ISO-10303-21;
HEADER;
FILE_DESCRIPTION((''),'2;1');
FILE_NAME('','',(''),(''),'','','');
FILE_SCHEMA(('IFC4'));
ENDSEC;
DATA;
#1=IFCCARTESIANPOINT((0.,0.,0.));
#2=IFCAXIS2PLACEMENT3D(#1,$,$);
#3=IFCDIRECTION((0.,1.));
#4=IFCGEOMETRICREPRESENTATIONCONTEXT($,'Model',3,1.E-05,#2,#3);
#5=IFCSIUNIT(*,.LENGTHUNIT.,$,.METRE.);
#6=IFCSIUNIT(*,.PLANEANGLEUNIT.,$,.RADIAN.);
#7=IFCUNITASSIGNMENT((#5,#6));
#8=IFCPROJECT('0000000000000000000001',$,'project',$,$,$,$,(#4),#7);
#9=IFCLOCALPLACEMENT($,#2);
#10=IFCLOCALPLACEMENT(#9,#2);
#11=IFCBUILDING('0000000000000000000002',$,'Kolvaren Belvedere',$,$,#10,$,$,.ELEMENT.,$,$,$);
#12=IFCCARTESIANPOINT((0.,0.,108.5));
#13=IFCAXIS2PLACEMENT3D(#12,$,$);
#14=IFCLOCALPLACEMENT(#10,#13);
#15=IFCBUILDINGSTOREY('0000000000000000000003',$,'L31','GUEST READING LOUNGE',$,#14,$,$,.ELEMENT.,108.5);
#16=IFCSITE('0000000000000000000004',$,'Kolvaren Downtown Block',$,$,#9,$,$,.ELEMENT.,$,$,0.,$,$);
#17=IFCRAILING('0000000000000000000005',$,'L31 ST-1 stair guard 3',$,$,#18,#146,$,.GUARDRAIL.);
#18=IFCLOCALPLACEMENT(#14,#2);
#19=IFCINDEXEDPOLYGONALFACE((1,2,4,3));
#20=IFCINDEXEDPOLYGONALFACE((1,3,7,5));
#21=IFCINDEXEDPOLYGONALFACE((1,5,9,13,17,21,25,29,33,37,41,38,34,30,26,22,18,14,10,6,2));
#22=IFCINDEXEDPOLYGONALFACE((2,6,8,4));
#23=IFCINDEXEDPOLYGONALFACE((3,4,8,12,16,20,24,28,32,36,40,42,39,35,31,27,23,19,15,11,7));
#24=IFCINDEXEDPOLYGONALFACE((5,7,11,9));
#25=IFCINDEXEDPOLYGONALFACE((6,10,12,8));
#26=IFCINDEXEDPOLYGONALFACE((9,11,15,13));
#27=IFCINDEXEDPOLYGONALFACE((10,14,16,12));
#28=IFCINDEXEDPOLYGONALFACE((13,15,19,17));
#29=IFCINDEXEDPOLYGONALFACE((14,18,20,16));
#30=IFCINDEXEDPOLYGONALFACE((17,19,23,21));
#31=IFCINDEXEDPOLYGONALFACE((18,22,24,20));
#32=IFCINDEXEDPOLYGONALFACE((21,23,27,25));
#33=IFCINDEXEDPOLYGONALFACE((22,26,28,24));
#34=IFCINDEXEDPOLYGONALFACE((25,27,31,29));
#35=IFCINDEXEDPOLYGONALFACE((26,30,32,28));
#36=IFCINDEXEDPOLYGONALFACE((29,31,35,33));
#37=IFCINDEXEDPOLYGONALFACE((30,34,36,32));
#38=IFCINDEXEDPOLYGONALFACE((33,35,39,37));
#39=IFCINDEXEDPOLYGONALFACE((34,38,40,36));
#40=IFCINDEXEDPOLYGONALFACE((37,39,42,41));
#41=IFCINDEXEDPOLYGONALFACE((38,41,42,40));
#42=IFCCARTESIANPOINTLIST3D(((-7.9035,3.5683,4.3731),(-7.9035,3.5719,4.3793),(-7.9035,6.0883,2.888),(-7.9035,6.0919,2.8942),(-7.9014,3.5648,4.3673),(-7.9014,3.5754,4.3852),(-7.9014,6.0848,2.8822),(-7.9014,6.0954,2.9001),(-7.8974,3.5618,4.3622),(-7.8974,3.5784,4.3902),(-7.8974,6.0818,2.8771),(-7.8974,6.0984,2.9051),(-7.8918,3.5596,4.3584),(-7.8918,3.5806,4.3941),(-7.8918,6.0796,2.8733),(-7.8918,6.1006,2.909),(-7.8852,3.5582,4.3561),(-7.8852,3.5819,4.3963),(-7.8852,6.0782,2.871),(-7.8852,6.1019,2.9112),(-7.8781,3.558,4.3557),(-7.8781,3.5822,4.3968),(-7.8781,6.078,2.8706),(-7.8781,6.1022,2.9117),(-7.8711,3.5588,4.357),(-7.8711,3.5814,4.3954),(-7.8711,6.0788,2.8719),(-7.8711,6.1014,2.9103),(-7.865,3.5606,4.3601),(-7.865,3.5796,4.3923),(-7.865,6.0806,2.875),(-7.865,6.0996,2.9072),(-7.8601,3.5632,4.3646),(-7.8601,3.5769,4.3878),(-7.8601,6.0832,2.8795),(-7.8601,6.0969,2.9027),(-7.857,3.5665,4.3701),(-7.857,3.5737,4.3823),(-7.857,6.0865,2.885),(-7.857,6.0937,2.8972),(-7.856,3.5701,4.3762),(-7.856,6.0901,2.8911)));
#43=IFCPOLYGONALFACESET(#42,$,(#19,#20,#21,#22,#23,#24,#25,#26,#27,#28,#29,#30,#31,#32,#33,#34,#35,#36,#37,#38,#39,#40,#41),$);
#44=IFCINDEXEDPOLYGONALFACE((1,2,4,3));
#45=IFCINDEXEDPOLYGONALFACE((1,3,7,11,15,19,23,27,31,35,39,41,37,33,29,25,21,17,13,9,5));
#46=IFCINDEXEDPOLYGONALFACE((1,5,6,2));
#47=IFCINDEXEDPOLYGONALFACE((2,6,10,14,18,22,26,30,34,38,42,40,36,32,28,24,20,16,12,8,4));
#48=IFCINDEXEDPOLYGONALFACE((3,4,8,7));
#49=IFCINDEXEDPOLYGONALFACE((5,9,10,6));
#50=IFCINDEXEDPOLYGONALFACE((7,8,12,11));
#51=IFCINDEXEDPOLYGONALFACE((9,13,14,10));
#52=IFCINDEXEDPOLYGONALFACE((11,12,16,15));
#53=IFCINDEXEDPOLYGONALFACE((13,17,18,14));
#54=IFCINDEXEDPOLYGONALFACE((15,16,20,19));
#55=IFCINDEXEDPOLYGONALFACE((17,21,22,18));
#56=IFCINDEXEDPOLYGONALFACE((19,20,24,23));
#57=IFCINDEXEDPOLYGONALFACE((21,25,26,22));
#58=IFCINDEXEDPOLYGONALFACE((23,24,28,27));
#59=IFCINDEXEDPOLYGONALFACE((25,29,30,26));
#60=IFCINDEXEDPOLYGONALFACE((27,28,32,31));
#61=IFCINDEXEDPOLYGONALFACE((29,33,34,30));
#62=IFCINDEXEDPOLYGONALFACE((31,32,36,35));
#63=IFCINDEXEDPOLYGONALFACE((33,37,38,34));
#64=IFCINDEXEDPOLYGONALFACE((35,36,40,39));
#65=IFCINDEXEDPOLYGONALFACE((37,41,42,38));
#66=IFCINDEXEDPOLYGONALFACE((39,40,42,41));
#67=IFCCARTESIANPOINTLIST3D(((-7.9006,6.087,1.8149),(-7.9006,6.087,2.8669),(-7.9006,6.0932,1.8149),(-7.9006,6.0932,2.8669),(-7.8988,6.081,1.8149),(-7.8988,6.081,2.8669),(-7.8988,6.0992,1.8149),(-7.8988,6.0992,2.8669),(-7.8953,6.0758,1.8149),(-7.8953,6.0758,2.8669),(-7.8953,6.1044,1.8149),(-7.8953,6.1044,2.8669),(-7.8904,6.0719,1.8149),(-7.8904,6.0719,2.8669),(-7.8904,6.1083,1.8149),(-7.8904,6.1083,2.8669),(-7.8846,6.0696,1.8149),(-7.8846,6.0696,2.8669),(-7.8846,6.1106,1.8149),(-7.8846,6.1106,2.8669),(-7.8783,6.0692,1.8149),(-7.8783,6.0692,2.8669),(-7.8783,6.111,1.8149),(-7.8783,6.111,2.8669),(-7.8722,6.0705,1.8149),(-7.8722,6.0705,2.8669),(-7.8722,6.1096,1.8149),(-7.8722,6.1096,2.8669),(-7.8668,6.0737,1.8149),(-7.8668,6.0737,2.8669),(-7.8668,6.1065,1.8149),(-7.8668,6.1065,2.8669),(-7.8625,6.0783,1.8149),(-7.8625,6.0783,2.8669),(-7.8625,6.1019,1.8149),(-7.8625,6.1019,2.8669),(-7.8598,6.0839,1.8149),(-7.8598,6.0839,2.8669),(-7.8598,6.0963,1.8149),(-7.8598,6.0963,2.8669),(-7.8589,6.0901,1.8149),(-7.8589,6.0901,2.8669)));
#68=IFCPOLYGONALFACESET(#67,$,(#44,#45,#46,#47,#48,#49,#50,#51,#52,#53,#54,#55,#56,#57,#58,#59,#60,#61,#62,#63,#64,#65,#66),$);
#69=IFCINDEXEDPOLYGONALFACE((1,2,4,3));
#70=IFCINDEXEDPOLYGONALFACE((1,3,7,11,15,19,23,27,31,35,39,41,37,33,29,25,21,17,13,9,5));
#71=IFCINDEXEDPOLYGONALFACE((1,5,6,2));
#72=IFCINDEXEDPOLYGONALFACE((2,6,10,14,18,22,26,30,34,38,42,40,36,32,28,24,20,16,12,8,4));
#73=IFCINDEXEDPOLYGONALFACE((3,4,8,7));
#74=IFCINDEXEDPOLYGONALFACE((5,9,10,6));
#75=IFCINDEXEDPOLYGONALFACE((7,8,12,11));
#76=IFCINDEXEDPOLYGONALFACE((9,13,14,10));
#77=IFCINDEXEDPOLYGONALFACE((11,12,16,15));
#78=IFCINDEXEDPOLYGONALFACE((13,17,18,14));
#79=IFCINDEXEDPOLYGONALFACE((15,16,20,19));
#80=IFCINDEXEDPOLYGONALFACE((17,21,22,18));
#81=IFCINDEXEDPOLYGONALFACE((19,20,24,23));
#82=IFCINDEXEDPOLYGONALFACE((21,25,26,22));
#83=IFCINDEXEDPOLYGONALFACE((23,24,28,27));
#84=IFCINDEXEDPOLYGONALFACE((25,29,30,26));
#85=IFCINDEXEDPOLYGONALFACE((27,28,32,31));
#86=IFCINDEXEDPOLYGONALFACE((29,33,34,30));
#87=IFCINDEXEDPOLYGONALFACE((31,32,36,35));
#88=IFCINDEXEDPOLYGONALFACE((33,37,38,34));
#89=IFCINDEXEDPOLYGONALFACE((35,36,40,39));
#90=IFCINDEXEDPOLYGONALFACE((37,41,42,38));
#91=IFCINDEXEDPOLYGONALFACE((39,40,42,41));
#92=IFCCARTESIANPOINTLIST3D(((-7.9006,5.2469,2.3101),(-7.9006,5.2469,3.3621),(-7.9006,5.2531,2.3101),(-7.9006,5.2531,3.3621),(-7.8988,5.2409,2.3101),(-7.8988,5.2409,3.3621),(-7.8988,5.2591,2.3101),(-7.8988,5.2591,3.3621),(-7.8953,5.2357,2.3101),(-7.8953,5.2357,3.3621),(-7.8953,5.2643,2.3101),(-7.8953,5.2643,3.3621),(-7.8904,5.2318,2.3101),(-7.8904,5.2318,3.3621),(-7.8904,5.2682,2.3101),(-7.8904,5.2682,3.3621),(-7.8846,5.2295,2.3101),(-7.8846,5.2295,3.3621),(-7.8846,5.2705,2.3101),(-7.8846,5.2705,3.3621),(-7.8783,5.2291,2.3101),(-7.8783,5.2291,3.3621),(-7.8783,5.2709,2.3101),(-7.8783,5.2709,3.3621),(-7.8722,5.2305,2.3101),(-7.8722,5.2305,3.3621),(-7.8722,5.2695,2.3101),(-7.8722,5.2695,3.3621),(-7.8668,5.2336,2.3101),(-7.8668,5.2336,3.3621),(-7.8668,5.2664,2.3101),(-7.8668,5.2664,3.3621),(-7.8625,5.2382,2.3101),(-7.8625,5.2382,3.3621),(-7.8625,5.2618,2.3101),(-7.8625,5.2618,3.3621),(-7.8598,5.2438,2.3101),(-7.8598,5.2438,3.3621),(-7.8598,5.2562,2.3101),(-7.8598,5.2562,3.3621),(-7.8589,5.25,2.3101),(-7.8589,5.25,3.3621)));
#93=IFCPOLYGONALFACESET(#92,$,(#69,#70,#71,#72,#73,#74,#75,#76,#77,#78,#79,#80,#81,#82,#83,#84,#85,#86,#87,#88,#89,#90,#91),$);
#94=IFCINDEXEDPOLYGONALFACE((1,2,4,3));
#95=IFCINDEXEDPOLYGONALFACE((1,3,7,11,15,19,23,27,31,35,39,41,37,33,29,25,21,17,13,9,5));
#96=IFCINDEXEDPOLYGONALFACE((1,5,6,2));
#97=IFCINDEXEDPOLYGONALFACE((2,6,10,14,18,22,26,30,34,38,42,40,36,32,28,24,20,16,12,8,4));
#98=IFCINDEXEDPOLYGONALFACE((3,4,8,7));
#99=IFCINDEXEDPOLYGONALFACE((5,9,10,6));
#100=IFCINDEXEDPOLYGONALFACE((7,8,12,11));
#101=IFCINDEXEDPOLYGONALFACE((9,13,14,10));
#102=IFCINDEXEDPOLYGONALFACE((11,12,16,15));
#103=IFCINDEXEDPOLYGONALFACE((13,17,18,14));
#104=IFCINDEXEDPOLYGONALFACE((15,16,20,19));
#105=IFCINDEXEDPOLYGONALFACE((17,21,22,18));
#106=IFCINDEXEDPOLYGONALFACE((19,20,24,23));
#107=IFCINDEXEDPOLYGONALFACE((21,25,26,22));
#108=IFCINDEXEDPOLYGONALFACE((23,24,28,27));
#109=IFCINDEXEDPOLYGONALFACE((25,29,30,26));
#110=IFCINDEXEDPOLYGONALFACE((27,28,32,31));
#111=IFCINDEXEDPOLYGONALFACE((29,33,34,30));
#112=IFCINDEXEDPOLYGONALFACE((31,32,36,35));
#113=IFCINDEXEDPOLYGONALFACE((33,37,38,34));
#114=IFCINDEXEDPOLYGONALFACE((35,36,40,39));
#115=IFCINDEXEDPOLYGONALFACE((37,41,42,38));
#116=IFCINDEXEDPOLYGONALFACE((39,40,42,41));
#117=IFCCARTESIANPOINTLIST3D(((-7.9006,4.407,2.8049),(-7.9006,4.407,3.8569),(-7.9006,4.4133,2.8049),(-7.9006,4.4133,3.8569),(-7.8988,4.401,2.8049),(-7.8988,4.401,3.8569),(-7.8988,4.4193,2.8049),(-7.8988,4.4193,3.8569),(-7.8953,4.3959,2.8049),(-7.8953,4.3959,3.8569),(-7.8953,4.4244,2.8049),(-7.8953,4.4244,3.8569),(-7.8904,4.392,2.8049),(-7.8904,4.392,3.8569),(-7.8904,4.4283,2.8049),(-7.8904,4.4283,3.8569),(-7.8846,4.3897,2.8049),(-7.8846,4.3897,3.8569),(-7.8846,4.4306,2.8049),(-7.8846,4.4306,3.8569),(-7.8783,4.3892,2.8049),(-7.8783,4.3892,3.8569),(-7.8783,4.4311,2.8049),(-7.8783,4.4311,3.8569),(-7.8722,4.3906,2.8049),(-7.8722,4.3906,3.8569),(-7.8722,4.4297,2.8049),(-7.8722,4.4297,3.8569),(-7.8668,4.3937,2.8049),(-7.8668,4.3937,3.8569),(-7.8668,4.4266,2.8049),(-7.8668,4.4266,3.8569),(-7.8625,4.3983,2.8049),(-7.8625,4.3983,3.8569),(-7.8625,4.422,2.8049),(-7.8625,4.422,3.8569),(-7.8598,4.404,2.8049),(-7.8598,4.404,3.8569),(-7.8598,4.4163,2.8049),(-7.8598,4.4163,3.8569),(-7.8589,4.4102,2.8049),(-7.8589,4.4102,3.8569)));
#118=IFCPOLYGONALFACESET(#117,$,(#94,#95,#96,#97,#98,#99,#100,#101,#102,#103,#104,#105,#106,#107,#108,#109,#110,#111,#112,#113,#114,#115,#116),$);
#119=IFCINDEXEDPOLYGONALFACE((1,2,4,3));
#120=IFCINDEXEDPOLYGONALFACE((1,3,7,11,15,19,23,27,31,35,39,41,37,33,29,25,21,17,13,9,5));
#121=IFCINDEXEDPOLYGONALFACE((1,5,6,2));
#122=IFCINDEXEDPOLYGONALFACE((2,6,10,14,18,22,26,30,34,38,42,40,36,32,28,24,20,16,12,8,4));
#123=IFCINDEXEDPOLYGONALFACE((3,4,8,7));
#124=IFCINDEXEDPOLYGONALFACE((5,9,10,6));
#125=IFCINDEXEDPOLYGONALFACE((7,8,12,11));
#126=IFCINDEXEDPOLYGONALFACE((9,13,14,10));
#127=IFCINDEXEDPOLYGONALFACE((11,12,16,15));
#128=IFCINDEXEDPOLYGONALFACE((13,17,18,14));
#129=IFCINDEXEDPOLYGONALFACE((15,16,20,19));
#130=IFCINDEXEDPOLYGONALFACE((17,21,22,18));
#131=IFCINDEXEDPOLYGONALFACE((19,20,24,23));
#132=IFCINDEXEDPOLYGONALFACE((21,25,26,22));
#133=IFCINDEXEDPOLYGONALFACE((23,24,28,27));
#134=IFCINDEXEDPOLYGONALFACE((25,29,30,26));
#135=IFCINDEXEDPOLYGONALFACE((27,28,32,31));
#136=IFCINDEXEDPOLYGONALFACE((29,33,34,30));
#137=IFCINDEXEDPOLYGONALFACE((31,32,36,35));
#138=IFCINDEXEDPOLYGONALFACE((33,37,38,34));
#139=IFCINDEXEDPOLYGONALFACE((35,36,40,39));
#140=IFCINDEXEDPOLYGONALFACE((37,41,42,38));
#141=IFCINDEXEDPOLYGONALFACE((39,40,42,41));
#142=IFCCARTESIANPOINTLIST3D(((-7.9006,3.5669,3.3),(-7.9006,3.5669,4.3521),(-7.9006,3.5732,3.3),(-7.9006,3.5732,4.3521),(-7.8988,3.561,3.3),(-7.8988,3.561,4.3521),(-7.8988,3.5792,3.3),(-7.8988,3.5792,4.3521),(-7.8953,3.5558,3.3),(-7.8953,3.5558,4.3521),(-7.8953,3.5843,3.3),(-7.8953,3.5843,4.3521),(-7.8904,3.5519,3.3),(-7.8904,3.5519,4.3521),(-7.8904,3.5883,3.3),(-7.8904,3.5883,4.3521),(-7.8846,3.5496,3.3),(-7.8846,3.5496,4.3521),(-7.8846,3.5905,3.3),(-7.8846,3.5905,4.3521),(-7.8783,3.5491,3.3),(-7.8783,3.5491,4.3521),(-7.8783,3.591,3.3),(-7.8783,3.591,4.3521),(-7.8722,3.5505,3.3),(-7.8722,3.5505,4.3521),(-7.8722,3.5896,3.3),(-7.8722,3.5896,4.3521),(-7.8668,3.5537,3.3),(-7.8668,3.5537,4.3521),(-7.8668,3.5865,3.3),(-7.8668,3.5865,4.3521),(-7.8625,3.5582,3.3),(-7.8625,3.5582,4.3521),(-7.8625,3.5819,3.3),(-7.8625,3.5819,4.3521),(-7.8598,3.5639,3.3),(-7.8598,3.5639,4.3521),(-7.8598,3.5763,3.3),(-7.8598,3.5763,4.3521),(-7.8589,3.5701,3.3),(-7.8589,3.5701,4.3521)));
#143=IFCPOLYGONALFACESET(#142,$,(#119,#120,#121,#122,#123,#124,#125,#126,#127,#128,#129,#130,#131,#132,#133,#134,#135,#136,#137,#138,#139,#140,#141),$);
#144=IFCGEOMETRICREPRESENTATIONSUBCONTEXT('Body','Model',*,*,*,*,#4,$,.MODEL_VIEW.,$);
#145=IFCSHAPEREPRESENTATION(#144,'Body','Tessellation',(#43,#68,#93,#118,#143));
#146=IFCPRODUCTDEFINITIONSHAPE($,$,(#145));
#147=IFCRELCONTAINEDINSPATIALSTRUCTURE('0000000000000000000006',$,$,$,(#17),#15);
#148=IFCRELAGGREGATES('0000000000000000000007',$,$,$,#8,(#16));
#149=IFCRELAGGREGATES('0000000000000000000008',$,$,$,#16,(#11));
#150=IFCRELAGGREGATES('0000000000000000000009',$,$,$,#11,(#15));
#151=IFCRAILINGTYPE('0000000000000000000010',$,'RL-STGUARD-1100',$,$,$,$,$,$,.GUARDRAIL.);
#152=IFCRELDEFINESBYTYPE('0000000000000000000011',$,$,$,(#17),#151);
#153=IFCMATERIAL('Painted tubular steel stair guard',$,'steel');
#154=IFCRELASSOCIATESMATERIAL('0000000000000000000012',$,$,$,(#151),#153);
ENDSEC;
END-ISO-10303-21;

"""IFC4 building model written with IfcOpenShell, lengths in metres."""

from ifc_helpers import new_model, si_unit, direction, frame, origin, origin_2d, place, context, subcontext, project, spatial, circle, extrude, material, type_object, element, save


model = new_model("IFC4")

# Units and contexts
model_context = context("Model", 3, precision=1e-05, world=origin(), true_north=direction((0.0, 1.0)))
body_context = subcontext(model_context, "Body", "Model", "MODEL_VIEW")
ifc_project = project(units=[si_unit("LENGTHUNIT", "METRE"), si_unit("PLANEANGLEUNIT", "RADIAN")], contexts=[model_context])

# Site, building, storey
site_placement = place(None, origin())
site = spatial("IfcSite", under=ifc_project, at=site_placement, Name="Kolvaren Downtown Block", CompositionType="ELEMENT", RefElevation=0.0)
building_placement = place(site_placement, origin())
building = spatial("IfcBuilding", under=site, at=building_placement, Name="Kolvaren Belvedere", CompositionType="ELEMENT")
storey_placement = place(building_placement, frame((0.0, 0.0, 108.5)))
storey = spatial("IfcBuildingStorey", under=building, at=storey_placement, Name="L31", Description="GUEST READING LOUNGE", CompositionType="ELEMENT", Elevation=108.5)

# Railing
ifc_material_1 = material(Name="Painted tubular steel stair guard", Category="steel")
railing_type_1 = type_object("IfcRailingType", Name="RL-STGUARD-1100", PredefinedType="GUARDRAIL", material=ifc_material_1)
railing_1_placement = place(storey_placement, frame((-7.8799, 6.0901, 1.8149)))
element("IfcRailing", 1, at=railing_1_placement, inside=storey, type_object=railing_type_1, Name="L31 ST-1 stair guard 3", PredefinedType="GUARDRAIL", context=body_context, shape_type="SweptSolid", body=[
    extrude(circle(Radius=0.0239, at=origin_2d()), frame((0.0, 0.0, 1.0762), z_axis=(0.0, -0.861524, 0.507717), x_axis=(1.0, 0.0, 0.0)), (0.0, 0.0, 1.0), 2.925),
    extrude(circle(Radius=0.021, at=origin_2d()), origin(), (0.0, 0.0, 1.0), 1.052),
    extrude(circle(Radius=0.021, at=origin_2d()), frame((0.0, -0.8401, 0.4951)), (0.0, 0.0, 1.0), 1.052),
    extrude(circle(Radius=0.021, at=origin_2d()), frame((0.0, -1.6799, 0.99)), (0.0, 0.0, 1.0), 1.052),
    extrude(circle(Radius=0.021, at=origin_2d()), frame((0.0, -2.52, 1.4851)), (0.0, 0.0, 1.0), 1.052),
])

save(model, "model.ifc")
